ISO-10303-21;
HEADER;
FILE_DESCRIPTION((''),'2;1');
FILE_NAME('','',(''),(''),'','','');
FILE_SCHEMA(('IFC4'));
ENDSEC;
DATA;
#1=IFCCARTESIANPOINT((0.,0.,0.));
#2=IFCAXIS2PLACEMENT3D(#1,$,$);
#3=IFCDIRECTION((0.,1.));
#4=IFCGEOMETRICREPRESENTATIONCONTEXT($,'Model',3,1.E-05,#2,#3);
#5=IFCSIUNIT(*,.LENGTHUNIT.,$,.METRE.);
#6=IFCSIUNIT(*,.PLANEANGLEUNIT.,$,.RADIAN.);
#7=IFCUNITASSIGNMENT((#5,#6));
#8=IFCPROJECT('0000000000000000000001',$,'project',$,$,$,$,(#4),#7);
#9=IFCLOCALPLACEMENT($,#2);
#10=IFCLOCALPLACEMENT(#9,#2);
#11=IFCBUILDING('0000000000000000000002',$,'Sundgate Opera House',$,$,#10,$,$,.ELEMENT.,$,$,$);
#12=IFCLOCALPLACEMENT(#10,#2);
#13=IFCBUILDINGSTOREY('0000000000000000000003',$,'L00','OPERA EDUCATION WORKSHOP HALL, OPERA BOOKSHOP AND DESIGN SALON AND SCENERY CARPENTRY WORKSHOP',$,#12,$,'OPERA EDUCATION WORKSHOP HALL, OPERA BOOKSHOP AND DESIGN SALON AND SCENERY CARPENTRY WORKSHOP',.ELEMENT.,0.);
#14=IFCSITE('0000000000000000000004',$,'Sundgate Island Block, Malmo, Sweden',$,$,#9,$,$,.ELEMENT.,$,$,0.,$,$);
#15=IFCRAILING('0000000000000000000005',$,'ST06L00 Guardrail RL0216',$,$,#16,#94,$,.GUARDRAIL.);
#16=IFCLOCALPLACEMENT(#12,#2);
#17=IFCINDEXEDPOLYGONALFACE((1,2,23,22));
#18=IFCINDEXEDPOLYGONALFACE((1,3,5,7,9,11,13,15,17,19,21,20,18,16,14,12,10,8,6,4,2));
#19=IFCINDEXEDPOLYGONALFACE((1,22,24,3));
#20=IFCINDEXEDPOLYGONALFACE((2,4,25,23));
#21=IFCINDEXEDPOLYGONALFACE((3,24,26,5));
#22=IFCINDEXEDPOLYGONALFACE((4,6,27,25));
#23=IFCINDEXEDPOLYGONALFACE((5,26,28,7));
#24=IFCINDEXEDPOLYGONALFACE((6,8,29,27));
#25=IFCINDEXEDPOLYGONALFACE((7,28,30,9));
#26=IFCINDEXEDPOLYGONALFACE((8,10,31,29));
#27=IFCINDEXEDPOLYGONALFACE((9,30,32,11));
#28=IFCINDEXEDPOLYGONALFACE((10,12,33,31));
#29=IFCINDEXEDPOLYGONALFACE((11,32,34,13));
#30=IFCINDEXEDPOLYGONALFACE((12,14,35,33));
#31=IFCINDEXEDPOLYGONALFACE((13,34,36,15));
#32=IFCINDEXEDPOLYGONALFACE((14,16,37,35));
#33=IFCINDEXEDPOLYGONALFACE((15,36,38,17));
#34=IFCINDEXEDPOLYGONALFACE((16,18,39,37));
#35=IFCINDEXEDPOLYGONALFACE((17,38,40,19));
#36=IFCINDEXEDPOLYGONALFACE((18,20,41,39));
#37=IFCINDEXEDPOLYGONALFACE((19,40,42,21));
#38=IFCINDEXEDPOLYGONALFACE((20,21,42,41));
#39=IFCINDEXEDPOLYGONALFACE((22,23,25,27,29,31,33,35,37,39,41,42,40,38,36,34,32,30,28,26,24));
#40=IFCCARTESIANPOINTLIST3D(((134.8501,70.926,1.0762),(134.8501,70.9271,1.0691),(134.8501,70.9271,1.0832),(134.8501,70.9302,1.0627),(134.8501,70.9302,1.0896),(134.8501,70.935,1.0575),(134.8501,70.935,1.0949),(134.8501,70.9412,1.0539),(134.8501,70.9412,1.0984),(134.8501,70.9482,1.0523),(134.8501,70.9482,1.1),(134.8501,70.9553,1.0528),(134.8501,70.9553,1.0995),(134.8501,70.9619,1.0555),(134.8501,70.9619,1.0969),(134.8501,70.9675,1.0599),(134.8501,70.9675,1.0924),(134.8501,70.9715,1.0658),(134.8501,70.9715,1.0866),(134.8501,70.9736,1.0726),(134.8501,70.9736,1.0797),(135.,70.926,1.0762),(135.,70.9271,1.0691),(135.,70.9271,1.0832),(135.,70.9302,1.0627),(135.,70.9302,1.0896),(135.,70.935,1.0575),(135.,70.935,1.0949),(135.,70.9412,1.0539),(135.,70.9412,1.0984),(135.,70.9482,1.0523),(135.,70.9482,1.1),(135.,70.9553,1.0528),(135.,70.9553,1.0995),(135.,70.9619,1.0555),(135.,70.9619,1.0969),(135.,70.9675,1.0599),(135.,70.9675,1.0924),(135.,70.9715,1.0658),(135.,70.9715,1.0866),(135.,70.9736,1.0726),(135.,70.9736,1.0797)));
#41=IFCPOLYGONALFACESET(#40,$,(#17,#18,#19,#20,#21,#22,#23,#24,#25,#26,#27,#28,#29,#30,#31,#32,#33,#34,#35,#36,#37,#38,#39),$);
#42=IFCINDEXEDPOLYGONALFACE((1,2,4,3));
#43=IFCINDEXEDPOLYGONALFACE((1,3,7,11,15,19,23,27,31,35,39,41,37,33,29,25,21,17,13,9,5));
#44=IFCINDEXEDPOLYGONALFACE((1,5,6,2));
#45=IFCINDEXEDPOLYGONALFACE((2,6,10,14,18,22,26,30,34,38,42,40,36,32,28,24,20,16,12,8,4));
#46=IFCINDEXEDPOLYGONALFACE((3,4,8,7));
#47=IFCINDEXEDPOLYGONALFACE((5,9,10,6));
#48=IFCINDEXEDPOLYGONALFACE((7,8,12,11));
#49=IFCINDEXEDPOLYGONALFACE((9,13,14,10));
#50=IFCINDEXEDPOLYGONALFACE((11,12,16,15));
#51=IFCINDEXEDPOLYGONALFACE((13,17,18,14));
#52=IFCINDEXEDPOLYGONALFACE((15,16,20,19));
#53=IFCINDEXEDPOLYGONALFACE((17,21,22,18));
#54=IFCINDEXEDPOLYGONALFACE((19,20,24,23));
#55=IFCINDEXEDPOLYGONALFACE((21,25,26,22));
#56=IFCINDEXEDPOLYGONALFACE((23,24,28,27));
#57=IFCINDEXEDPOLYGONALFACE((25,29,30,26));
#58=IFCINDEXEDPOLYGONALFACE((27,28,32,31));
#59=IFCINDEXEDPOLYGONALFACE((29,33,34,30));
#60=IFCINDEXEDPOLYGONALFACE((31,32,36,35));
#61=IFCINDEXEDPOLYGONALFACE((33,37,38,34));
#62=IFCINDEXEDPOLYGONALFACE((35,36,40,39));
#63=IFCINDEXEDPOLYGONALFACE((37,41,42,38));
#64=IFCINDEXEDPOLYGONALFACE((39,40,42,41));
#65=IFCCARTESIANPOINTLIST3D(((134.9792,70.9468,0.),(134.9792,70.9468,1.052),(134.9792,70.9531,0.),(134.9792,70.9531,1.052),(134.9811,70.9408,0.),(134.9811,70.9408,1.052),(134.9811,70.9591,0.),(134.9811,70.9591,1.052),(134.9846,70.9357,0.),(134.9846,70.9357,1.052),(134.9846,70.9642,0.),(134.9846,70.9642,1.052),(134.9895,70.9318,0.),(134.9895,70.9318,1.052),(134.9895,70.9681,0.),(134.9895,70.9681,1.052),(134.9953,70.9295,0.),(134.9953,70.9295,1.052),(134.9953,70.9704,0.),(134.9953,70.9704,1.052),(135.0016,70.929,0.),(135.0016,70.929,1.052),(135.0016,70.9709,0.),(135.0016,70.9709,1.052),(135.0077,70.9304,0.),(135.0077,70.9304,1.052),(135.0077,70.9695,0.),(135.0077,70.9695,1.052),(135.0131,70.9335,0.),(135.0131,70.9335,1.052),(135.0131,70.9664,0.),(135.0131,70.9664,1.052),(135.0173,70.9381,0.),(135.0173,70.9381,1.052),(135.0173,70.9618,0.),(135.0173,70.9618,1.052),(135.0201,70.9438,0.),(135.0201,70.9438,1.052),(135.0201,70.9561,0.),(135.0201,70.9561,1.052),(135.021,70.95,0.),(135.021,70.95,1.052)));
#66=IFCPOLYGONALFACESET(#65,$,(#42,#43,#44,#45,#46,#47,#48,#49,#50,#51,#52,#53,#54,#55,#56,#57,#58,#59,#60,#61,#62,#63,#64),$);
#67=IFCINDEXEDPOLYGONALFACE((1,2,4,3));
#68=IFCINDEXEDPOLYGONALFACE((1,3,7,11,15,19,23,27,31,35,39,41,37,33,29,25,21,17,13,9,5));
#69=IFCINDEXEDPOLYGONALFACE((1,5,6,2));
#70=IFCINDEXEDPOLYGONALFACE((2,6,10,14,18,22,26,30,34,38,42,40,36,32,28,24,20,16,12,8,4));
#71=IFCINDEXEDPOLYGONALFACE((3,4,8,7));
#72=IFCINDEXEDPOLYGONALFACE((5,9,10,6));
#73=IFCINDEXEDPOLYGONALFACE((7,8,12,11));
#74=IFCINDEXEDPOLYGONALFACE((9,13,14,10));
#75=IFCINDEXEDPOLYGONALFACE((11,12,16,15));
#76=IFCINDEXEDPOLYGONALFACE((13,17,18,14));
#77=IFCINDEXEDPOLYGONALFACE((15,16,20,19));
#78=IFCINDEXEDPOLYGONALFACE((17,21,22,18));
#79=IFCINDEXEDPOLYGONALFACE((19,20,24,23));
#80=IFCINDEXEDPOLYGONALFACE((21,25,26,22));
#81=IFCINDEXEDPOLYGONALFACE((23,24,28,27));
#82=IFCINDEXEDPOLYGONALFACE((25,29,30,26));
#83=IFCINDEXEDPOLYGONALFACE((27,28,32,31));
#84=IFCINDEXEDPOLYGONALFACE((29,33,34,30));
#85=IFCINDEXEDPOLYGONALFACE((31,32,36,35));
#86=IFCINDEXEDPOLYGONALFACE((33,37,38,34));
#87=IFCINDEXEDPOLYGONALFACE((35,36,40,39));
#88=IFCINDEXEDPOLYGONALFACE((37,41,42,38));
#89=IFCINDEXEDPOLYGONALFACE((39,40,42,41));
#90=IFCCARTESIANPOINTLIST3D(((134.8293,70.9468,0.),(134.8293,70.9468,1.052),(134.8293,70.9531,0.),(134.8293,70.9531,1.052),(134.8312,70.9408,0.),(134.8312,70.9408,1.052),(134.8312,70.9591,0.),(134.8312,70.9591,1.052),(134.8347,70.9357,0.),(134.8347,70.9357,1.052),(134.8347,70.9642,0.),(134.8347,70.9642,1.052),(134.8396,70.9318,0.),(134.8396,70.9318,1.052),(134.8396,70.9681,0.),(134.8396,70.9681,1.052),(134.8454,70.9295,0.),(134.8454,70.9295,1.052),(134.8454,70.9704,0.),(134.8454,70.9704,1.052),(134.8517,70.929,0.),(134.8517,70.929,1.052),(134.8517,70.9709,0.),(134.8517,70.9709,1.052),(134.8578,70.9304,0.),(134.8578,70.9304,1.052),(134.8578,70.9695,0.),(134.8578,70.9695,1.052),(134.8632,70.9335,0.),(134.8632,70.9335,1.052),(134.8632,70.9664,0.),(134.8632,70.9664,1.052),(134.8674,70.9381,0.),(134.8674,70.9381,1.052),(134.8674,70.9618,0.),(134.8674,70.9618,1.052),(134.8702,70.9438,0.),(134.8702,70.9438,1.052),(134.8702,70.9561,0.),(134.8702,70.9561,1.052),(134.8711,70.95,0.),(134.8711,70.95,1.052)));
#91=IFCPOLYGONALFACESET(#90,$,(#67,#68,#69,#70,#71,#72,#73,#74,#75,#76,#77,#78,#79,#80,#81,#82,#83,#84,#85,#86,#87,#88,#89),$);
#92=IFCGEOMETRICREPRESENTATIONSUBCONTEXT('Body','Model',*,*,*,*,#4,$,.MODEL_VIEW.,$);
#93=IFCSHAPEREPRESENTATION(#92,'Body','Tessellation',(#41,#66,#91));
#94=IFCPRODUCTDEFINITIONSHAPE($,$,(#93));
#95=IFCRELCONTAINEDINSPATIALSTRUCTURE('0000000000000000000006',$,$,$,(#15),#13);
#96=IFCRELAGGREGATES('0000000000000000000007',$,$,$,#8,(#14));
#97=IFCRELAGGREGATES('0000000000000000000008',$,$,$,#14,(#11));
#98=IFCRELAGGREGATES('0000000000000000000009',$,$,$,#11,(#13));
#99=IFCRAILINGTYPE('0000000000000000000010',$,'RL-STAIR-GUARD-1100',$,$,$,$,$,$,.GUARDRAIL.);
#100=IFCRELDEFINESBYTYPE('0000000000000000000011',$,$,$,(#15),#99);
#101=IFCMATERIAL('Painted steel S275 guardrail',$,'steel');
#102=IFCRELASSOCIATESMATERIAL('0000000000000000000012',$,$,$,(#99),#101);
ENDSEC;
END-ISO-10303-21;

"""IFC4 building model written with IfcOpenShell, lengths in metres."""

from ifc_helpers import new_model, si_unit, direction, frame, origin, origin_2d, place, context, subcontext, project, spatial, circle, extrude, material, type_object, element, save


model = new_model("IFC4")

# Units and contexts
model_context = context("Model", 3, precision=1e-05, world=origin(), true_north=direction((0.0, 1.0)))
body_context = subcontext(model_context, "Body", "Model", "MODEL_VIEW")
ifc_project = project(units=[si_unit("LENGTHUNIT", "METRE"), si_unit("PLANEANGLEUNIT", "RADIAN")], contexts=[model_context])

# Site, building, storey
site_placement = place(None, origin())
site = spatial("IfcSite", under=ifc_project, at=site_placement, Name="Sundgate Island Block, Malmo, Sweden", CompositionType="ELEMENT", RefElevation=0.0)
building_placement = place(site_placement, origin())
building = spatial("IfcBuilding", under=site, at=building_placement, Name="Sundgate Opera House", CompositionType="ELEMENT")
storey_placement = place(building_placement, origin())
storey = spatial("IfcBuildingStorey", under=building, at=storey_placement, Name="L00", Description="OPERA EDUCATION WORKSHOP HALL, OPERA BOOKSHOP AND DESIGN SALON AND SCENERY CARPENTRY WORKSHOP", LongName="OPERA EDUCATION WORKSHOP HALL, OPERA BOOKSHOP AND DESIGN SALON AND SCENERY CARPENTRY WORKSHOP", CompositionType="ELEMENT", Elevation=0.0)

# Railing
ifc_material_1 = material(Name="Painted steel S275 guardrail", Category="steel")
railing_type = type_object("IfcRailingType", Name="RL-STAIR-GUARD-1100", PredefinedType="GUARDRAIL", material=ifc_material_1)
railing_placement = place(storey_placement, frame((135.0, 70.95, 0.0)))
element("IfcRailing", 1, at=railing_placement, inside=storey, type_object=railing_type, Name="ST06L00 Guardrail RL0216", PredefinedType="GUARDRAIL", context=body_context, shape_type="SweptSolid", body=[
    extrude(circle(Radius=0.0239, at=origin_2d()), frame((0.0, 0.0, 1.0762), z_axis=(-1.0, 0.0, 0.0), x_axis=(0.0, -1.0, 0.0)), (0.0, 0.0, 1.0), 0.1499),
    extrude(circle(Radius=0.021, at=origin_2d()), origin(), (0.0, 0.0, 1.0), 1.052),
    extrude(circle(Radius=0.021, at=origin_2d()), frame((-0.1499, 0.0, 0.0)), (0.0, 0.0, 1.0), 1.052),
])

save(model, "model.ifc")
